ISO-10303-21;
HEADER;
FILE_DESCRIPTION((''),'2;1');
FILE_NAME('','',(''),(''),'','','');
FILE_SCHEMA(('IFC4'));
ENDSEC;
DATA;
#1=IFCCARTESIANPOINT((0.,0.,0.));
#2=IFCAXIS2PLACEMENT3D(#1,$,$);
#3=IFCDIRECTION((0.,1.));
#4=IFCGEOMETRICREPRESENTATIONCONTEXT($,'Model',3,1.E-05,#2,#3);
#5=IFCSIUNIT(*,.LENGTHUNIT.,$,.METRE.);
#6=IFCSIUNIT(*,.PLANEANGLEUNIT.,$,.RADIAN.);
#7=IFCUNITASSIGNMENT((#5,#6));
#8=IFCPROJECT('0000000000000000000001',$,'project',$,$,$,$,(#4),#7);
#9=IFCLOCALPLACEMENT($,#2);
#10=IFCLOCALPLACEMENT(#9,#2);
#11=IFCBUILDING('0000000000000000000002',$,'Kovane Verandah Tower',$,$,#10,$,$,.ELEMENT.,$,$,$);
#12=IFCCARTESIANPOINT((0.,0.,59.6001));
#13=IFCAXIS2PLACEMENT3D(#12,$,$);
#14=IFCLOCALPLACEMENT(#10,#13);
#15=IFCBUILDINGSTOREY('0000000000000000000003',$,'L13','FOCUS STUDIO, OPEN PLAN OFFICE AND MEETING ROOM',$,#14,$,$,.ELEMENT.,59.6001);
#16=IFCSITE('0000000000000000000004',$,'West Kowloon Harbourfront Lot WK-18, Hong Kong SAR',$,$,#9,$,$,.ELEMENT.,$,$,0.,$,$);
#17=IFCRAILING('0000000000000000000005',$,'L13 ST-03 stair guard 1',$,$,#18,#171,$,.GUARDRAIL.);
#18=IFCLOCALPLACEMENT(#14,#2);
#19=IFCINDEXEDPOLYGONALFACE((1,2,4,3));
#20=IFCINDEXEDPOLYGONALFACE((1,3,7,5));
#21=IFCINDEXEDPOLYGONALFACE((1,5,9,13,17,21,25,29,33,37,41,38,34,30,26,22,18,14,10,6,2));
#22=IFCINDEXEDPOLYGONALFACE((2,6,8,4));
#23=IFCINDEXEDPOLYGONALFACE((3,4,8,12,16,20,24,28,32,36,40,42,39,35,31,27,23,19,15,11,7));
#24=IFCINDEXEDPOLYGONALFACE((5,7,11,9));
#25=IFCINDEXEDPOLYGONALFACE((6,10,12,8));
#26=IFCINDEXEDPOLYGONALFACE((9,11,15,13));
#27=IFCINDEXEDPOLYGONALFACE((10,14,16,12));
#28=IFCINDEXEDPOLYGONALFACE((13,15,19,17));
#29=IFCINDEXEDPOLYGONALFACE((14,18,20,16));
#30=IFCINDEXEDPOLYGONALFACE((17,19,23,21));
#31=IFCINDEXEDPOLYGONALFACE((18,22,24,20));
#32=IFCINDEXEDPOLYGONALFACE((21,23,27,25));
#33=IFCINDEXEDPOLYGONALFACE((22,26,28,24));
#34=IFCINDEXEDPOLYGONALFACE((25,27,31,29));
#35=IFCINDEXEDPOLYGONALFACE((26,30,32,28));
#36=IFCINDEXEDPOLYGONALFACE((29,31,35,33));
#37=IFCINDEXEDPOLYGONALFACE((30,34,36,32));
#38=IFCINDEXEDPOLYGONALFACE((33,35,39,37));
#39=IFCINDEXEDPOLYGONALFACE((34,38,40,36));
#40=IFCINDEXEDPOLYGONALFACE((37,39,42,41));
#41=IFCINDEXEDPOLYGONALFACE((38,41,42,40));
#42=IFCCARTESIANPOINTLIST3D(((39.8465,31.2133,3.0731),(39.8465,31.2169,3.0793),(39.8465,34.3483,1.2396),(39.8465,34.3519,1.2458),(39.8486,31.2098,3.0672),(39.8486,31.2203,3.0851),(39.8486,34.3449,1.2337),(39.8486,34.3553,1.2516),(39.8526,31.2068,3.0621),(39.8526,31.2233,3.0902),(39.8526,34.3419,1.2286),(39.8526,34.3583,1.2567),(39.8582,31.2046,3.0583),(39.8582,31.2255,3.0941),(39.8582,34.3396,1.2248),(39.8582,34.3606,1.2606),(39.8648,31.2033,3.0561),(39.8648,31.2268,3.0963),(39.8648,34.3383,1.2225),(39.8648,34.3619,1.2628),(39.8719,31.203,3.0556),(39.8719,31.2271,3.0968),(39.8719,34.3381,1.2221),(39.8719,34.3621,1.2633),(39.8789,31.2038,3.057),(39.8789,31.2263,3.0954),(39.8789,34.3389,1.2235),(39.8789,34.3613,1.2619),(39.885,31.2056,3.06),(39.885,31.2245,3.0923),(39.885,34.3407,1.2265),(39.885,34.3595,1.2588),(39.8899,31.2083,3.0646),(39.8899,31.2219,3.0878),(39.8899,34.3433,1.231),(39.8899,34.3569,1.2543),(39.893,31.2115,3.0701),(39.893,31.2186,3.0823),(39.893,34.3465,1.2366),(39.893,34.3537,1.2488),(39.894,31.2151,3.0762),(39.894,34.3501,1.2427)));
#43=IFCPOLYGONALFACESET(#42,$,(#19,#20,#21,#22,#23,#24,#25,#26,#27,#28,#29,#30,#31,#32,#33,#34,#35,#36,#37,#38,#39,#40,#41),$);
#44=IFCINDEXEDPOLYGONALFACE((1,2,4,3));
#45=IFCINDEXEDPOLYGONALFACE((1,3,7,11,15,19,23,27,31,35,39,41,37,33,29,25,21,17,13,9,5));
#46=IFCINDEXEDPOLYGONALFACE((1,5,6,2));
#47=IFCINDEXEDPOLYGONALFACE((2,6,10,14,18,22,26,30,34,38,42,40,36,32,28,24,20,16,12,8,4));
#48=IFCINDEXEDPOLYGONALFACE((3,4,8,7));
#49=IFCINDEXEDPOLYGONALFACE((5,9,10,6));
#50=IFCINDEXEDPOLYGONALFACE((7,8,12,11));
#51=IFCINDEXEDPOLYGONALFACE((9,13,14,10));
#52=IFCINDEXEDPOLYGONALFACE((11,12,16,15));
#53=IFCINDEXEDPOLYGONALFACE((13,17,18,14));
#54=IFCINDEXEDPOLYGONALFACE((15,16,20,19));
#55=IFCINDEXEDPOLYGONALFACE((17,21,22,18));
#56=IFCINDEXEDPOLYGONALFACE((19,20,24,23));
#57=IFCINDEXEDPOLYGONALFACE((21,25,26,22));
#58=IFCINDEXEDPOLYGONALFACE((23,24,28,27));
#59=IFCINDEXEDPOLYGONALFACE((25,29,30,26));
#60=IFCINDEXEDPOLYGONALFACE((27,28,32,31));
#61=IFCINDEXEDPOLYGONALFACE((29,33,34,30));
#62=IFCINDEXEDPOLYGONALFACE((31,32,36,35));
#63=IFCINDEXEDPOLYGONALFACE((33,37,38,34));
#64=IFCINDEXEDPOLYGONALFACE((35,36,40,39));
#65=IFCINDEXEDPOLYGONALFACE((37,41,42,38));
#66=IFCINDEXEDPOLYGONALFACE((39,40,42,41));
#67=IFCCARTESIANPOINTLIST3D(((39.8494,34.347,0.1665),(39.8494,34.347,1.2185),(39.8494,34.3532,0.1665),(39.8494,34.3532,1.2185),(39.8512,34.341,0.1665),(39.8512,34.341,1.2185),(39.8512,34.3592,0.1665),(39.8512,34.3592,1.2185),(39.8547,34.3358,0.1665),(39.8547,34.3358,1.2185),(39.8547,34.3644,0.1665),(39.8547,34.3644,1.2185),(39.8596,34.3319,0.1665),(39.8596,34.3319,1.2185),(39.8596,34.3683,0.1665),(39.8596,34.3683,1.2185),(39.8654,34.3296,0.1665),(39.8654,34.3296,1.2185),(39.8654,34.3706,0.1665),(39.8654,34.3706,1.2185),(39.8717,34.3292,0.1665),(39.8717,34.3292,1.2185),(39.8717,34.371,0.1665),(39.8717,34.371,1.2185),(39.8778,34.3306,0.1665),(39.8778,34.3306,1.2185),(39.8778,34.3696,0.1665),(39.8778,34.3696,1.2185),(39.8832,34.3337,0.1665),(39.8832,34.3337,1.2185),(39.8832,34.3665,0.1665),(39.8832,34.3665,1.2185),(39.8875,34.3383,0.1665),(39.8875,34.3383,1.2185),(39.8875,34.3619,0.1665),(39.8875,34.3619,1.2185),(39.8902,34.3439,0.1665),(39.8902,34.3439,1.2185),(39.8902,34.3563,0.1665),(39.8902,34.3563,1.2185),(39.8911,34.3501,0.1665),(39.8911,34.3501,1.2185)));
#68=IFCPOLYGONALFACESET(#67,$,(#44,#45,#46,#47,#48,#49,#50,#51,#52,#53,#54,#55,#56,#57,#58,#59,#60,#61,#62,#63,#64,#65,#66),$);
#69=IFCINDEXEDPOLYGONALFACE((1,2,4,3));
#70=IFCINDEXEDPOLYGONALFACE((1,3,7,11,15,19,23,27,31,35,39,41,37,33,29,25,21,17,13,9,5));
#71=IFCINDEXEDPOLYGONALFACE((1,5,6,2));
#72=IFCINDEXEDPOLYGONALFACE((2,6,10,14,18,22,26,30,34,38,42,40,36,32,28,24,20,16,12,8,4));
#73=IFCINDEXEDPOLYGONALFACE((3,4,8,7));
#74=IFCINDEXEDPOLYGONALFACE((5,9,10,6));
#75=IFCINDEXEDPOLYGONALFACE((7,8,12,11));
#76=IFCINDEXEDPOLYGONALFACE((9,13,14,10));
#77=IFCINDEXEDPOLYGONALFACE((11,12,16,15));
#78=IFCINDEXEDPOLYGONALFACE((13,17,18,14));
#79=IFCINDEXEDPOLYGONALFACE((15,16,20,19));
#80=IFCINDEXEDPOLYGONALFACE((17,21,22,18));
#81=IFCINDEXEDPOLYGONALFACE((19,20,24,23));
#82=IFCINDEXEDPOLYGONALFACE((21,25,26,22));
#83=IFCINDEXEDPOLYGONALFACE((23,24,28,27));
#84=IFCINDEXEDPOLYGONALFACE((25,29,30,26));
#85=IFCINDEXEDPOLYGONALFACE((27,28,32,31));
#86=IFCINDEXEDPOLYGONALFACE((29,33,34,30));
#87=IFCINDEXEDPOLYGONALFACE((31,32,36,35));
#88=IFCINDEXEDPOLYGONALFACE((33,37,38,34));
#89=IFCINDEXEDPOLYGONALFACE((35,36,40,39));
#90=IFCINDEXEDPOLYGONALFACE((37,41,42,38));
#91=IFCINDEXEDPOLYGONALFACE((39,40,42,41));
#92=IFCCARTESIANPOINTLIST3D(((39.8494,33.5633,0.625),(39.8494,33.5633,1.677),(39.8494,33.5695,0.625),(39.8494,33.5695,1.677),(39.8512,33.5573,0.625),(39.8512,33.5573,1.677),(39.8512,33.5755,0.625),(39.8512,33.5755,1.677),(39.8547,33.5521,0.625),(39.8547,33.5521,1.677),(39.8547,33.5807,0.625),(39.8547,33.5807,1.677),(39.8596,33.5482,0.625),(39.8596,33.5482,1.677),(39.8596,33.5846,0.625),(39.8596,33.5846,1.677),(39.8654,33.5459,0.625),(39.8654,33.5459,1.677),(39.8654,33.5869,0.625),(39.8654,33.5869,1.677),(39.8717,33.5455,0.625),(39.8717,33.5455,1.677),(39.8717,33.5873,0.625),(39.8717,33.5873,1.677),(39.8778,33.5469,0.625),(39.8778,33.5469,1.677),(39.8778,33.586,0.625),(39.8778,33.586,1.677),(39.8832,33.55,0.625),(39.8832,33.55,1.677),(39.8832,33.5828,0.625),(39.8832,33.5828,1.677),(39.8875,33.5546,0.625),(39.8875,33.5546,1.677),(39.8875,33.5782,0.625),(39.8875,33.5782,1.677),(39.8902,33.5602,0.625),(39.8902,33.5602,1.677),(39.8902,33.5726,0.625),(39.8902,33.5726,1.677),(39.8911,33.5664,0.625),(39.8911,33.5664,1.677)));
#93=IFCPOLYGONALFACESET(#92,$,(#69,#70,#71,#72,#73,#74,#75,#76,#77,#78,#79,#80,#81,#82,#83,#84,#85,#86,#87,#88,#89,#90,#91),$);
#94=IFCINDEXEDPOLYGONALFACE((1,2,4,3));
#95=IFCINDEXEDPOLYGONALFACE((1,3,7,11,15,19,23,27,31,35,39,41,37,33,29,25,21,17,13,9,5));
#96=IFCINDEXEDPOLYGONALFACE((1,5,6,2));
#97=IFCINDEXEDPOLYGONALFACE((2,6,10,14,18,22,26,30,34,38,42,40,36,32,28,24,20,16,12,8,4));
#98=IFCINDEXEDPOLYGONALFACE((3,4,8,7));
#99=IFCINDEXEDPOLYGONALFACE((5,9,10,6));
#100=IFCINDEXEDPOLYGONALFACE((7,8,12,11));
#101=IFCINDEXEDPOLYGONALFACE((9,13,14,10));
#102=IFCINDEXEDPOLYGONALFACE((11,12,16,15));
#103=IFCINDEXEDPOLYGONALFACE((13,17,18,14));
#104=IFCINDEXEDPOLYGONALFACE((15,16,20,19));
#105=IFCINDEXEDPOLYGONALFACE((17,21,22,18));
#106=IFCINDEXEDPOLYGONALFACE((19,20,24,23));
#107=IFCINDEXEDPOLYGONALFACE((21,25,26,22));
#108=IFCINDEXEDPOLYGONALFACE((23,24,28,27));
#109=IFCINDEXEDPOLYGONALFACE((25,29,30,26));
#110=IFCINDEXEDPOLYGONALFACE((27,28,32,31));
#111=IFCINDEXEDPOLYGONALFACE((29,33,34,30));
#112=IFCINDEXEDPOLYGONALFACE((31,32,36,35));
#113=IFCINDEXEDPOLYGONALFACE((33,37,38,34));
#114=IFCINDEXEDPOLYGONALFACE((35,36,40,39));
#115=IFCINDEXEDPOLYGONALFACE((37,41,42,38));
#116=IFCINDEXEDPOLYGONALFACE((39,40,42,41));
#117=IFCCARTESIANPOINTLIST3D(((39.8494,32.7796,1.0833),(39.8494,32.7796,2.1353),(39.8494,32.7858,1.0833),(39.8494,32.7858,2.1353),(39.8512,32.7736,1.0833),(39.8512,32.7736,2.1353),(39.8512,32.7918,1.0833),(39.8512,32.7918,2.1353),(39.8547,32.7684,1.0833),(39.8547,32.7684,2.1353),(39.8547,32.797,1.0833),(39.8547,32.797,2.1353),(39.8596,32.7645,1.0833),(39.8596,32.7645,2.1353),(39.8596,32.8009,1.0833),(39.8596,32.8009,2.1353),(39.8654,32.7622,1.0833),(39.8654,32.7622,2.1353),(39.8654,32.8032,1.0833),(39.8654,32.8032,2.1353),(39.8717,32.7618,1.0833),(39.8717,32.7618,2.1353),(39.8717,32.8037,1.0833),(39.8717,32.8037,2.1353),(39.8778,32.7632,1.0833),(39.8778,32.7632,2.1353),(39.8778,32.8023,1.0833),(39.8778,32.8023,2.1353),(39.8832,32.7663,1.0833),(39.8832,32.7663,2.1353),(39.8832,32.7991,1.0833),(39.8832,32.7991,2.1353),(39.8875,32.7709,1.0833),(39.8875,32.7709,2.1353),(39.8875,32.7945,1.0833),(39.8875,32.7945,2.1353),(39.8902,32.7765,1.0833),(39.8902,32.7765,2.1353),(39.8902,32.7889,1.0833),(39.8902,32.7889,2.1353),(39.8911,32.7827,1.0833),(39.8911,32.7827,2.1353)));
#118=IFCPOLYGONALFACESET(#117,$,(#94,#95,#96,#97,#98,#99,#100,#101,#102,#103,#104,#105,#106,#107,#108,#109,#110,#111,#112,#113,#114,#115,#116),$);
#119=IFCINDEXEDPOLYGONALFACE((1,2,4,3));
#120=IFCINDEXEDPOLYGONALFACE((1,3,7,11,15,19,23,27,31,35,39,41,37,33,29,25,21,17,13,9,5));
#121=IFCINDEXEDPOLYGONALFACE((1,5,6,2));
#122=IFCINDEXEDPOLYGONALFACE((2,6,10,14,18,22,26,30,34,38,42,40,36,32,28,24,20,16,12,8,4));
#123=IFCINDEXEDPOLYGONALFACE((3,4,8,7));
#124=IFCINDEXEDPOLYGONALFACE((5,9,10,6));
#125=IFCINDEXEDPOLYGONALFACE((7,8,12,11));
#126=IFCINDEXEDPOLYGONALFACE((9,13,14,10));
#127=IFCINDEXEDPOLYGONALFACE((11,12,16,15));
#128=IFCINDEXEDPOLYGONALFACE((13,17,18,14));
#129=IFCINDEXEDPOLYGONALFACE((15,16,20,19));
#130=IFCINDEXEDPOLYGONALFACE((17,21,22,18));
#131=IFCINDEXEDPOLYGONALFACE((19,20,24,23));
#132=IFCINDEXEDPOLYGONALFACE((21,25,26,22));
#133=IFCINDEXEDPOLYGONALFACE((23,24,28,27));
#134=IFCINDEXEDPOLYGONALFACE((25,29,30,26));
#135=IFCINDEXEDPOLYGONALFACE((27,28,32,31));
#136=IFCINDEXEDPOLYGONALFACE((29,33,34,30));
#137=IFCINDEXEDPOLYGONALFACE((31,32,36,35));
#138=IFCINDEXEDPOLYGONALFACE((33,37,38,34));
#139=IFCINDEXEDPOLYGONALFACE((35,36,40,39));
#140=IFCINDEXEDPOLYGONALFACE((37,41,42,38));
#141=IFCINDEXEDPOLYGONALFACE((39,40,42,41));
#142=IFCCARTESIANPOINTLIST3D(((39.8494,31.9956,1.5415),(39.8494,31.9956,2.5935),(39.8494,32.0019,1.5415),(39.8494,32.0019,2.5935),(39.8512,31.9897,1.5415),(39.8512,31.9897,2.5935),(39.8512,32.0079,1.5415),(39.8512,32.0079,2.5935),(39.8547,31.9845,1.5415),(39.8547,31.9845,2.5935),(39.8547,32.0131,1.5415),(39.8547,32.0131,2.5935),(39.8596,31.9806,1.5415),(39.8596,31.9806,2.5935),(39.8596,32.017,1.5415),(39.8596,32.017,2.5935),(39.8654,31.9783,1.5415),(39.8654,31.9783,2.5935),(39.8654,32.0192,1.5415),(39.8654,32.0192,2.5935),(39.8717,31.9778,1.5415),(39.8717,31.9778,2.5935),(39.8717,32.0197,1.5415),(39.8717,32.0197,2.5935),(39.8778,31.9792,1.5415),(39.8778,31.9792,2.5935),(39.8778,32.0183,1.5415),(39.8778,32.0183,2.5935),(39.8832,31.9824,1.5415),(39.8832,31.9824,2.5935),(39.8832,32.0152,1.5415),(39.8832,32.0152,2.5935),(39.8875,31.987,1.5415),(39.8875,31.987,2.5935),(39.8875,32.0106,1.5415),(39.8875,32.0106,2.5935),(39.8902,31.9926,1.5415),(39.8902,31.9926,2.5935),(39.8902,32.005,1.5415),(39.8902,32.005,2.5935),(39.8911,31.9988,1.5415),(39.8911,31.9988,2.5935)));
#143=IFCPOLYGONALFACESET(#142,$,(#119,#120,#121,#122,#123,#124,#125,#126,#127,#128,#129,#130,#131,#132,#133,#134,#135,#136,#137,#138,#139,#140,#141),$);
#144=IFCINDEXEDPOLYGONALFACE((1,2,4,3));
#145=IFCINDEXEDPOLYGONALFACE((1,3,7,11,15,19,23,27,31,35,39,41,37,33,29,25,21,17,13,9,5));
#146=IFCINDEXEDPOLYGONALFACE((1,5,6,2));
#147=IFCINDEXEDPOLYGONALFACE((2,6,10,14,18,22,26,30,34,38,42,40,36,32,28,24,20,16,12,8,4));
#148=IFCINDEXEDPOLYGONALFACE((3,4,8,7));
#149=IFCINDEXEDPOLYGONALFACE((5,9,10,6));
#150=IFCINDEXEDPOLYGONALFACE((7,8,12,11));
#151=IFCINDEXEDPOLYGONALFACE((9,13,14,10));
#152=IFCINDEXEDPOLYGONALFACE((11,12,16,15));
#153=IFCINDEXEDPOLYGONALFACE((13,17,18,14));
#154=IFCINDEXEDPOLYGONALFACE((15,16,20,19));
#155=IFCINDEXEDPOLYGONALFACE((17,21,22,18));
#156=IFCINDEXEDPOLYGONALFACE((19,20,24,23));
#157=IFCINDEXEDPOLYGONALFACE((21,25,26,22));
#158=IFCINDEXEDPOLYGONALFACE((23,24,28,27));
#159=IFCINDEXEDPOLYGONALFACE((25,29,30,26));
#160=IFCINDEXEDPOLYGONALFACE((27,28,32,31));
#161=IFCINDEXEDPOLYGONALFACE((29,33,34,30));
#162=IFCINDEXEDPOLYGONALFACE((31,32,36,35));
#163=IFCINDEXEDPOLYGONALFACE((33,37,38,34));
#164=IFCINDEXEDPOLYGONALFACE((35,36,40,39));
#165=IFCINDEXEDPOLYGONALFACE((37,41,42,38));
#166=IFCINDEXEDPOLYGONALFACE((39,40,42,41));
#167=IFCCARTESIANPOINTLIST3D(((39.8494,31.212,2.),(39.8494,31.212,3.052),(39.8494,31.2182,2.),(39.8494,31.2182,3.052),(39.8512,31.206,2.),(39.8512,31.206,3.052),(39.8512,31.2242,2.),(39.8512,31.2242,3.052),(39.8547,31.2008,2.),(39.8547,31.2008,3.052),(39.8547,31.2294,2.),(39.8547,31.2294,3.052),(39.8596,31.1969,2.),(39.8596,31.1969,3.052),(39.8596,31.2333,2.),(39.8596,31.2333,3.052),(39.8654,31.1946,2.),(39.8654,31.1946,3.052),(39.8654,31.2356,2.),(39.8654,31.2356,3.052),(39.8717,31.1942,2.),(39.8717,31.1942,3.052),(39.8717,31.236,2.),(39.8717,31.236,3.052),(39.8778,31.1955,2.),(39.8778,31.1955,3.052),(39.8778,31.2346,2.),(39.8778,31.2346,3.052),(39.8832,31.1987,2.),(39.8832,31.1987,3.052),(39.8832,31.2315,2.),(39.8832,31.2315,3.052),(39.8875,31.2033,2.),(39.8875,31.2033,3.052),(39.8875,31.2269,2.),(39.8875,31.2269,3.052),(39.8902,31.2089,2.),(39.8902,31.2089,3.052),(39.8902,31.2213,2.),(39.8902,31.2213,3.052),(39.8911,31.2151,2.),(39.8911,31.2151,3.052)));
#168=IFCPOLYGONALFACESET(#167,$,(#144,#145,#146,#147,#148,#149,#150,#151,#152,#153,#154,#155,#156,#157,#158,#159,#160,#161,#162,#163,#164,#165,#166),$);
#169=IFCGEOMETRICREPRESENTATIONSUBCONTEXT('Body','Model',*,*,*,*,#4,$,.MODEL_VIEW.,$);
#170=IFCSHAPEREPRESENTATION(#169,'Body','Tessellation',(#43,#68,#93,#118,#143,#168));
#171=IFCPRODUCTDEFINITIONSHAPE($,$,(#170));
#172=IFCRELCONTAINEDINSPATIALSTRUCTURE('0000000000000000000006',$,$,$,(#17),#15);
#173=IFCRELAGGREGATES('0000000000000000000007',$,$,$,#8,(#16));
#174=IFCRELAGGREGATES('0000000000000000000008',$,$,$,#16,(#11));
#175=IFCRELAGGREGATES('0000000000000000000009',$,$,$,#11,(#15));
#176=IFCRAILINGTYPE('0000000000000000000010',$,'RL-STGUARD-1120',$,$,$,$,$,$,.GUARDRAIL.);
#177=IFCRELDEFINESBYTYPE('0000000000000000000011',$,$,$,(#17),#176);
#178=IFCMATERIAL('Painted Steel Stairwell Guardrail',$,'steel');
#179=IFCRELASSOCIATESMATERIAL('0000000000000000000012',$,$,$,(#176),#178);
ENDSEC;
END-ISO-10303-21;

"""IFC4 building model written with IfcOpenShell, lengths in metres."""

from ifc_helpers import new_model, si_unit, direction, frame, origin, origin_2d, place, context, subcontext, project, spatial, circle, extrude, material, type_object, element, save


model = new_model("IFC4")

# Units and contexts
model_context = context("Model", 3, precision=1e-05, world=origin(), true_north=direction((0.0, 1.0)))
body_context = subcontext(model_context, "Body", "Model", "MODEL_VIEW")
ifc_project = project(units=[si_unit("LENGTHUNIT", "METRE"), si_unit("PLANEANGLEUNIT", "RADIAN")], contexts=[model_context])

# Site, building, storey
site_placement = place(None, origin())
site = spatial("IfcSite", under=ifc_project, at=site_placement, Name="West Kowloon Harbourfront Lot WK-18, Hong Kong SAR", CompositionType="ELEMENT", RefElevation=0.0)
building_placement = place(site_placement, origin())
building = spatial("IfcBuilding", under=site, at=building_placement, Name="Kovane Verandah Tower", CompositionType="ELEMENT")
storey_placement = place(building_placement, frame((0.0, 0.0, 59.6001)))
storey = spatial("IfcBuildingStorey", under=building, at=storey_placement, Name="L13", Description="FOCUS STUDIO, OPEN PLAN OFFICE AND MEETING ROOM", CompositionType="ELEMENT", Elevation=59.6001)

# Railing
ifc_material_1 = material(Name="Painted Steel Stairwell Guardrail", Category="steel")
railing_type_1 = type_object("IfcRailingType", Name="RL-STGUARD-1120", PredefinedType="GUARDRAIL", material=ifc_material_1)
railing_1_placement = place(storey_placement, frame((39.8701, 34.3501, 0.1665)))
element("IfcRailing", 1, at=railing_1_placement, inside=storey, type_object=railing_type_1, Name="L13 ST-03 stair guard 1", PredefinedType="GUARDRAIL", context=body_context, shape_type="SweptSolid", body=[
    extrude(circle(Radius=0.0239, at=origin_2d()), frame((0.0, 0.0, 1.0762), z_axis=(0.0, -0.86321, 0.504845), x_axis=(1.0, 0.0, 0.0)), (0.0, 0.0, 1.0), 3.6318),
    extrude(circle(Radius=0.021, at=origin_2d()), origin(), (0.0, 0.0, 1.0), 1.052),
    extrude(circle(Radius=0.021, at=origin_2d()), frame((0.0, -0.7837, 0.4585)), (0.0, 0.0, 1.0), 1.052),
    extrude(circle(Radius=0.021, at=origin_2d()), frame((0.0, -1.5674, 0.9167)), (0.0, 0.0, 1.0), 1.052),
    extrude(circle(Radius=0.021, at=origin_2d()), frame((0.0, -2.3513, 1.375)), (0.0, 0.0, 1.0), 1.052),
    extrude(circle(Radius=0.021, at=origin_2d()), frame((0.0, -3.135, 1.8335)), (0.0, 0.0, 1.0), 1.052),
])

save(model, "model.ifc")
